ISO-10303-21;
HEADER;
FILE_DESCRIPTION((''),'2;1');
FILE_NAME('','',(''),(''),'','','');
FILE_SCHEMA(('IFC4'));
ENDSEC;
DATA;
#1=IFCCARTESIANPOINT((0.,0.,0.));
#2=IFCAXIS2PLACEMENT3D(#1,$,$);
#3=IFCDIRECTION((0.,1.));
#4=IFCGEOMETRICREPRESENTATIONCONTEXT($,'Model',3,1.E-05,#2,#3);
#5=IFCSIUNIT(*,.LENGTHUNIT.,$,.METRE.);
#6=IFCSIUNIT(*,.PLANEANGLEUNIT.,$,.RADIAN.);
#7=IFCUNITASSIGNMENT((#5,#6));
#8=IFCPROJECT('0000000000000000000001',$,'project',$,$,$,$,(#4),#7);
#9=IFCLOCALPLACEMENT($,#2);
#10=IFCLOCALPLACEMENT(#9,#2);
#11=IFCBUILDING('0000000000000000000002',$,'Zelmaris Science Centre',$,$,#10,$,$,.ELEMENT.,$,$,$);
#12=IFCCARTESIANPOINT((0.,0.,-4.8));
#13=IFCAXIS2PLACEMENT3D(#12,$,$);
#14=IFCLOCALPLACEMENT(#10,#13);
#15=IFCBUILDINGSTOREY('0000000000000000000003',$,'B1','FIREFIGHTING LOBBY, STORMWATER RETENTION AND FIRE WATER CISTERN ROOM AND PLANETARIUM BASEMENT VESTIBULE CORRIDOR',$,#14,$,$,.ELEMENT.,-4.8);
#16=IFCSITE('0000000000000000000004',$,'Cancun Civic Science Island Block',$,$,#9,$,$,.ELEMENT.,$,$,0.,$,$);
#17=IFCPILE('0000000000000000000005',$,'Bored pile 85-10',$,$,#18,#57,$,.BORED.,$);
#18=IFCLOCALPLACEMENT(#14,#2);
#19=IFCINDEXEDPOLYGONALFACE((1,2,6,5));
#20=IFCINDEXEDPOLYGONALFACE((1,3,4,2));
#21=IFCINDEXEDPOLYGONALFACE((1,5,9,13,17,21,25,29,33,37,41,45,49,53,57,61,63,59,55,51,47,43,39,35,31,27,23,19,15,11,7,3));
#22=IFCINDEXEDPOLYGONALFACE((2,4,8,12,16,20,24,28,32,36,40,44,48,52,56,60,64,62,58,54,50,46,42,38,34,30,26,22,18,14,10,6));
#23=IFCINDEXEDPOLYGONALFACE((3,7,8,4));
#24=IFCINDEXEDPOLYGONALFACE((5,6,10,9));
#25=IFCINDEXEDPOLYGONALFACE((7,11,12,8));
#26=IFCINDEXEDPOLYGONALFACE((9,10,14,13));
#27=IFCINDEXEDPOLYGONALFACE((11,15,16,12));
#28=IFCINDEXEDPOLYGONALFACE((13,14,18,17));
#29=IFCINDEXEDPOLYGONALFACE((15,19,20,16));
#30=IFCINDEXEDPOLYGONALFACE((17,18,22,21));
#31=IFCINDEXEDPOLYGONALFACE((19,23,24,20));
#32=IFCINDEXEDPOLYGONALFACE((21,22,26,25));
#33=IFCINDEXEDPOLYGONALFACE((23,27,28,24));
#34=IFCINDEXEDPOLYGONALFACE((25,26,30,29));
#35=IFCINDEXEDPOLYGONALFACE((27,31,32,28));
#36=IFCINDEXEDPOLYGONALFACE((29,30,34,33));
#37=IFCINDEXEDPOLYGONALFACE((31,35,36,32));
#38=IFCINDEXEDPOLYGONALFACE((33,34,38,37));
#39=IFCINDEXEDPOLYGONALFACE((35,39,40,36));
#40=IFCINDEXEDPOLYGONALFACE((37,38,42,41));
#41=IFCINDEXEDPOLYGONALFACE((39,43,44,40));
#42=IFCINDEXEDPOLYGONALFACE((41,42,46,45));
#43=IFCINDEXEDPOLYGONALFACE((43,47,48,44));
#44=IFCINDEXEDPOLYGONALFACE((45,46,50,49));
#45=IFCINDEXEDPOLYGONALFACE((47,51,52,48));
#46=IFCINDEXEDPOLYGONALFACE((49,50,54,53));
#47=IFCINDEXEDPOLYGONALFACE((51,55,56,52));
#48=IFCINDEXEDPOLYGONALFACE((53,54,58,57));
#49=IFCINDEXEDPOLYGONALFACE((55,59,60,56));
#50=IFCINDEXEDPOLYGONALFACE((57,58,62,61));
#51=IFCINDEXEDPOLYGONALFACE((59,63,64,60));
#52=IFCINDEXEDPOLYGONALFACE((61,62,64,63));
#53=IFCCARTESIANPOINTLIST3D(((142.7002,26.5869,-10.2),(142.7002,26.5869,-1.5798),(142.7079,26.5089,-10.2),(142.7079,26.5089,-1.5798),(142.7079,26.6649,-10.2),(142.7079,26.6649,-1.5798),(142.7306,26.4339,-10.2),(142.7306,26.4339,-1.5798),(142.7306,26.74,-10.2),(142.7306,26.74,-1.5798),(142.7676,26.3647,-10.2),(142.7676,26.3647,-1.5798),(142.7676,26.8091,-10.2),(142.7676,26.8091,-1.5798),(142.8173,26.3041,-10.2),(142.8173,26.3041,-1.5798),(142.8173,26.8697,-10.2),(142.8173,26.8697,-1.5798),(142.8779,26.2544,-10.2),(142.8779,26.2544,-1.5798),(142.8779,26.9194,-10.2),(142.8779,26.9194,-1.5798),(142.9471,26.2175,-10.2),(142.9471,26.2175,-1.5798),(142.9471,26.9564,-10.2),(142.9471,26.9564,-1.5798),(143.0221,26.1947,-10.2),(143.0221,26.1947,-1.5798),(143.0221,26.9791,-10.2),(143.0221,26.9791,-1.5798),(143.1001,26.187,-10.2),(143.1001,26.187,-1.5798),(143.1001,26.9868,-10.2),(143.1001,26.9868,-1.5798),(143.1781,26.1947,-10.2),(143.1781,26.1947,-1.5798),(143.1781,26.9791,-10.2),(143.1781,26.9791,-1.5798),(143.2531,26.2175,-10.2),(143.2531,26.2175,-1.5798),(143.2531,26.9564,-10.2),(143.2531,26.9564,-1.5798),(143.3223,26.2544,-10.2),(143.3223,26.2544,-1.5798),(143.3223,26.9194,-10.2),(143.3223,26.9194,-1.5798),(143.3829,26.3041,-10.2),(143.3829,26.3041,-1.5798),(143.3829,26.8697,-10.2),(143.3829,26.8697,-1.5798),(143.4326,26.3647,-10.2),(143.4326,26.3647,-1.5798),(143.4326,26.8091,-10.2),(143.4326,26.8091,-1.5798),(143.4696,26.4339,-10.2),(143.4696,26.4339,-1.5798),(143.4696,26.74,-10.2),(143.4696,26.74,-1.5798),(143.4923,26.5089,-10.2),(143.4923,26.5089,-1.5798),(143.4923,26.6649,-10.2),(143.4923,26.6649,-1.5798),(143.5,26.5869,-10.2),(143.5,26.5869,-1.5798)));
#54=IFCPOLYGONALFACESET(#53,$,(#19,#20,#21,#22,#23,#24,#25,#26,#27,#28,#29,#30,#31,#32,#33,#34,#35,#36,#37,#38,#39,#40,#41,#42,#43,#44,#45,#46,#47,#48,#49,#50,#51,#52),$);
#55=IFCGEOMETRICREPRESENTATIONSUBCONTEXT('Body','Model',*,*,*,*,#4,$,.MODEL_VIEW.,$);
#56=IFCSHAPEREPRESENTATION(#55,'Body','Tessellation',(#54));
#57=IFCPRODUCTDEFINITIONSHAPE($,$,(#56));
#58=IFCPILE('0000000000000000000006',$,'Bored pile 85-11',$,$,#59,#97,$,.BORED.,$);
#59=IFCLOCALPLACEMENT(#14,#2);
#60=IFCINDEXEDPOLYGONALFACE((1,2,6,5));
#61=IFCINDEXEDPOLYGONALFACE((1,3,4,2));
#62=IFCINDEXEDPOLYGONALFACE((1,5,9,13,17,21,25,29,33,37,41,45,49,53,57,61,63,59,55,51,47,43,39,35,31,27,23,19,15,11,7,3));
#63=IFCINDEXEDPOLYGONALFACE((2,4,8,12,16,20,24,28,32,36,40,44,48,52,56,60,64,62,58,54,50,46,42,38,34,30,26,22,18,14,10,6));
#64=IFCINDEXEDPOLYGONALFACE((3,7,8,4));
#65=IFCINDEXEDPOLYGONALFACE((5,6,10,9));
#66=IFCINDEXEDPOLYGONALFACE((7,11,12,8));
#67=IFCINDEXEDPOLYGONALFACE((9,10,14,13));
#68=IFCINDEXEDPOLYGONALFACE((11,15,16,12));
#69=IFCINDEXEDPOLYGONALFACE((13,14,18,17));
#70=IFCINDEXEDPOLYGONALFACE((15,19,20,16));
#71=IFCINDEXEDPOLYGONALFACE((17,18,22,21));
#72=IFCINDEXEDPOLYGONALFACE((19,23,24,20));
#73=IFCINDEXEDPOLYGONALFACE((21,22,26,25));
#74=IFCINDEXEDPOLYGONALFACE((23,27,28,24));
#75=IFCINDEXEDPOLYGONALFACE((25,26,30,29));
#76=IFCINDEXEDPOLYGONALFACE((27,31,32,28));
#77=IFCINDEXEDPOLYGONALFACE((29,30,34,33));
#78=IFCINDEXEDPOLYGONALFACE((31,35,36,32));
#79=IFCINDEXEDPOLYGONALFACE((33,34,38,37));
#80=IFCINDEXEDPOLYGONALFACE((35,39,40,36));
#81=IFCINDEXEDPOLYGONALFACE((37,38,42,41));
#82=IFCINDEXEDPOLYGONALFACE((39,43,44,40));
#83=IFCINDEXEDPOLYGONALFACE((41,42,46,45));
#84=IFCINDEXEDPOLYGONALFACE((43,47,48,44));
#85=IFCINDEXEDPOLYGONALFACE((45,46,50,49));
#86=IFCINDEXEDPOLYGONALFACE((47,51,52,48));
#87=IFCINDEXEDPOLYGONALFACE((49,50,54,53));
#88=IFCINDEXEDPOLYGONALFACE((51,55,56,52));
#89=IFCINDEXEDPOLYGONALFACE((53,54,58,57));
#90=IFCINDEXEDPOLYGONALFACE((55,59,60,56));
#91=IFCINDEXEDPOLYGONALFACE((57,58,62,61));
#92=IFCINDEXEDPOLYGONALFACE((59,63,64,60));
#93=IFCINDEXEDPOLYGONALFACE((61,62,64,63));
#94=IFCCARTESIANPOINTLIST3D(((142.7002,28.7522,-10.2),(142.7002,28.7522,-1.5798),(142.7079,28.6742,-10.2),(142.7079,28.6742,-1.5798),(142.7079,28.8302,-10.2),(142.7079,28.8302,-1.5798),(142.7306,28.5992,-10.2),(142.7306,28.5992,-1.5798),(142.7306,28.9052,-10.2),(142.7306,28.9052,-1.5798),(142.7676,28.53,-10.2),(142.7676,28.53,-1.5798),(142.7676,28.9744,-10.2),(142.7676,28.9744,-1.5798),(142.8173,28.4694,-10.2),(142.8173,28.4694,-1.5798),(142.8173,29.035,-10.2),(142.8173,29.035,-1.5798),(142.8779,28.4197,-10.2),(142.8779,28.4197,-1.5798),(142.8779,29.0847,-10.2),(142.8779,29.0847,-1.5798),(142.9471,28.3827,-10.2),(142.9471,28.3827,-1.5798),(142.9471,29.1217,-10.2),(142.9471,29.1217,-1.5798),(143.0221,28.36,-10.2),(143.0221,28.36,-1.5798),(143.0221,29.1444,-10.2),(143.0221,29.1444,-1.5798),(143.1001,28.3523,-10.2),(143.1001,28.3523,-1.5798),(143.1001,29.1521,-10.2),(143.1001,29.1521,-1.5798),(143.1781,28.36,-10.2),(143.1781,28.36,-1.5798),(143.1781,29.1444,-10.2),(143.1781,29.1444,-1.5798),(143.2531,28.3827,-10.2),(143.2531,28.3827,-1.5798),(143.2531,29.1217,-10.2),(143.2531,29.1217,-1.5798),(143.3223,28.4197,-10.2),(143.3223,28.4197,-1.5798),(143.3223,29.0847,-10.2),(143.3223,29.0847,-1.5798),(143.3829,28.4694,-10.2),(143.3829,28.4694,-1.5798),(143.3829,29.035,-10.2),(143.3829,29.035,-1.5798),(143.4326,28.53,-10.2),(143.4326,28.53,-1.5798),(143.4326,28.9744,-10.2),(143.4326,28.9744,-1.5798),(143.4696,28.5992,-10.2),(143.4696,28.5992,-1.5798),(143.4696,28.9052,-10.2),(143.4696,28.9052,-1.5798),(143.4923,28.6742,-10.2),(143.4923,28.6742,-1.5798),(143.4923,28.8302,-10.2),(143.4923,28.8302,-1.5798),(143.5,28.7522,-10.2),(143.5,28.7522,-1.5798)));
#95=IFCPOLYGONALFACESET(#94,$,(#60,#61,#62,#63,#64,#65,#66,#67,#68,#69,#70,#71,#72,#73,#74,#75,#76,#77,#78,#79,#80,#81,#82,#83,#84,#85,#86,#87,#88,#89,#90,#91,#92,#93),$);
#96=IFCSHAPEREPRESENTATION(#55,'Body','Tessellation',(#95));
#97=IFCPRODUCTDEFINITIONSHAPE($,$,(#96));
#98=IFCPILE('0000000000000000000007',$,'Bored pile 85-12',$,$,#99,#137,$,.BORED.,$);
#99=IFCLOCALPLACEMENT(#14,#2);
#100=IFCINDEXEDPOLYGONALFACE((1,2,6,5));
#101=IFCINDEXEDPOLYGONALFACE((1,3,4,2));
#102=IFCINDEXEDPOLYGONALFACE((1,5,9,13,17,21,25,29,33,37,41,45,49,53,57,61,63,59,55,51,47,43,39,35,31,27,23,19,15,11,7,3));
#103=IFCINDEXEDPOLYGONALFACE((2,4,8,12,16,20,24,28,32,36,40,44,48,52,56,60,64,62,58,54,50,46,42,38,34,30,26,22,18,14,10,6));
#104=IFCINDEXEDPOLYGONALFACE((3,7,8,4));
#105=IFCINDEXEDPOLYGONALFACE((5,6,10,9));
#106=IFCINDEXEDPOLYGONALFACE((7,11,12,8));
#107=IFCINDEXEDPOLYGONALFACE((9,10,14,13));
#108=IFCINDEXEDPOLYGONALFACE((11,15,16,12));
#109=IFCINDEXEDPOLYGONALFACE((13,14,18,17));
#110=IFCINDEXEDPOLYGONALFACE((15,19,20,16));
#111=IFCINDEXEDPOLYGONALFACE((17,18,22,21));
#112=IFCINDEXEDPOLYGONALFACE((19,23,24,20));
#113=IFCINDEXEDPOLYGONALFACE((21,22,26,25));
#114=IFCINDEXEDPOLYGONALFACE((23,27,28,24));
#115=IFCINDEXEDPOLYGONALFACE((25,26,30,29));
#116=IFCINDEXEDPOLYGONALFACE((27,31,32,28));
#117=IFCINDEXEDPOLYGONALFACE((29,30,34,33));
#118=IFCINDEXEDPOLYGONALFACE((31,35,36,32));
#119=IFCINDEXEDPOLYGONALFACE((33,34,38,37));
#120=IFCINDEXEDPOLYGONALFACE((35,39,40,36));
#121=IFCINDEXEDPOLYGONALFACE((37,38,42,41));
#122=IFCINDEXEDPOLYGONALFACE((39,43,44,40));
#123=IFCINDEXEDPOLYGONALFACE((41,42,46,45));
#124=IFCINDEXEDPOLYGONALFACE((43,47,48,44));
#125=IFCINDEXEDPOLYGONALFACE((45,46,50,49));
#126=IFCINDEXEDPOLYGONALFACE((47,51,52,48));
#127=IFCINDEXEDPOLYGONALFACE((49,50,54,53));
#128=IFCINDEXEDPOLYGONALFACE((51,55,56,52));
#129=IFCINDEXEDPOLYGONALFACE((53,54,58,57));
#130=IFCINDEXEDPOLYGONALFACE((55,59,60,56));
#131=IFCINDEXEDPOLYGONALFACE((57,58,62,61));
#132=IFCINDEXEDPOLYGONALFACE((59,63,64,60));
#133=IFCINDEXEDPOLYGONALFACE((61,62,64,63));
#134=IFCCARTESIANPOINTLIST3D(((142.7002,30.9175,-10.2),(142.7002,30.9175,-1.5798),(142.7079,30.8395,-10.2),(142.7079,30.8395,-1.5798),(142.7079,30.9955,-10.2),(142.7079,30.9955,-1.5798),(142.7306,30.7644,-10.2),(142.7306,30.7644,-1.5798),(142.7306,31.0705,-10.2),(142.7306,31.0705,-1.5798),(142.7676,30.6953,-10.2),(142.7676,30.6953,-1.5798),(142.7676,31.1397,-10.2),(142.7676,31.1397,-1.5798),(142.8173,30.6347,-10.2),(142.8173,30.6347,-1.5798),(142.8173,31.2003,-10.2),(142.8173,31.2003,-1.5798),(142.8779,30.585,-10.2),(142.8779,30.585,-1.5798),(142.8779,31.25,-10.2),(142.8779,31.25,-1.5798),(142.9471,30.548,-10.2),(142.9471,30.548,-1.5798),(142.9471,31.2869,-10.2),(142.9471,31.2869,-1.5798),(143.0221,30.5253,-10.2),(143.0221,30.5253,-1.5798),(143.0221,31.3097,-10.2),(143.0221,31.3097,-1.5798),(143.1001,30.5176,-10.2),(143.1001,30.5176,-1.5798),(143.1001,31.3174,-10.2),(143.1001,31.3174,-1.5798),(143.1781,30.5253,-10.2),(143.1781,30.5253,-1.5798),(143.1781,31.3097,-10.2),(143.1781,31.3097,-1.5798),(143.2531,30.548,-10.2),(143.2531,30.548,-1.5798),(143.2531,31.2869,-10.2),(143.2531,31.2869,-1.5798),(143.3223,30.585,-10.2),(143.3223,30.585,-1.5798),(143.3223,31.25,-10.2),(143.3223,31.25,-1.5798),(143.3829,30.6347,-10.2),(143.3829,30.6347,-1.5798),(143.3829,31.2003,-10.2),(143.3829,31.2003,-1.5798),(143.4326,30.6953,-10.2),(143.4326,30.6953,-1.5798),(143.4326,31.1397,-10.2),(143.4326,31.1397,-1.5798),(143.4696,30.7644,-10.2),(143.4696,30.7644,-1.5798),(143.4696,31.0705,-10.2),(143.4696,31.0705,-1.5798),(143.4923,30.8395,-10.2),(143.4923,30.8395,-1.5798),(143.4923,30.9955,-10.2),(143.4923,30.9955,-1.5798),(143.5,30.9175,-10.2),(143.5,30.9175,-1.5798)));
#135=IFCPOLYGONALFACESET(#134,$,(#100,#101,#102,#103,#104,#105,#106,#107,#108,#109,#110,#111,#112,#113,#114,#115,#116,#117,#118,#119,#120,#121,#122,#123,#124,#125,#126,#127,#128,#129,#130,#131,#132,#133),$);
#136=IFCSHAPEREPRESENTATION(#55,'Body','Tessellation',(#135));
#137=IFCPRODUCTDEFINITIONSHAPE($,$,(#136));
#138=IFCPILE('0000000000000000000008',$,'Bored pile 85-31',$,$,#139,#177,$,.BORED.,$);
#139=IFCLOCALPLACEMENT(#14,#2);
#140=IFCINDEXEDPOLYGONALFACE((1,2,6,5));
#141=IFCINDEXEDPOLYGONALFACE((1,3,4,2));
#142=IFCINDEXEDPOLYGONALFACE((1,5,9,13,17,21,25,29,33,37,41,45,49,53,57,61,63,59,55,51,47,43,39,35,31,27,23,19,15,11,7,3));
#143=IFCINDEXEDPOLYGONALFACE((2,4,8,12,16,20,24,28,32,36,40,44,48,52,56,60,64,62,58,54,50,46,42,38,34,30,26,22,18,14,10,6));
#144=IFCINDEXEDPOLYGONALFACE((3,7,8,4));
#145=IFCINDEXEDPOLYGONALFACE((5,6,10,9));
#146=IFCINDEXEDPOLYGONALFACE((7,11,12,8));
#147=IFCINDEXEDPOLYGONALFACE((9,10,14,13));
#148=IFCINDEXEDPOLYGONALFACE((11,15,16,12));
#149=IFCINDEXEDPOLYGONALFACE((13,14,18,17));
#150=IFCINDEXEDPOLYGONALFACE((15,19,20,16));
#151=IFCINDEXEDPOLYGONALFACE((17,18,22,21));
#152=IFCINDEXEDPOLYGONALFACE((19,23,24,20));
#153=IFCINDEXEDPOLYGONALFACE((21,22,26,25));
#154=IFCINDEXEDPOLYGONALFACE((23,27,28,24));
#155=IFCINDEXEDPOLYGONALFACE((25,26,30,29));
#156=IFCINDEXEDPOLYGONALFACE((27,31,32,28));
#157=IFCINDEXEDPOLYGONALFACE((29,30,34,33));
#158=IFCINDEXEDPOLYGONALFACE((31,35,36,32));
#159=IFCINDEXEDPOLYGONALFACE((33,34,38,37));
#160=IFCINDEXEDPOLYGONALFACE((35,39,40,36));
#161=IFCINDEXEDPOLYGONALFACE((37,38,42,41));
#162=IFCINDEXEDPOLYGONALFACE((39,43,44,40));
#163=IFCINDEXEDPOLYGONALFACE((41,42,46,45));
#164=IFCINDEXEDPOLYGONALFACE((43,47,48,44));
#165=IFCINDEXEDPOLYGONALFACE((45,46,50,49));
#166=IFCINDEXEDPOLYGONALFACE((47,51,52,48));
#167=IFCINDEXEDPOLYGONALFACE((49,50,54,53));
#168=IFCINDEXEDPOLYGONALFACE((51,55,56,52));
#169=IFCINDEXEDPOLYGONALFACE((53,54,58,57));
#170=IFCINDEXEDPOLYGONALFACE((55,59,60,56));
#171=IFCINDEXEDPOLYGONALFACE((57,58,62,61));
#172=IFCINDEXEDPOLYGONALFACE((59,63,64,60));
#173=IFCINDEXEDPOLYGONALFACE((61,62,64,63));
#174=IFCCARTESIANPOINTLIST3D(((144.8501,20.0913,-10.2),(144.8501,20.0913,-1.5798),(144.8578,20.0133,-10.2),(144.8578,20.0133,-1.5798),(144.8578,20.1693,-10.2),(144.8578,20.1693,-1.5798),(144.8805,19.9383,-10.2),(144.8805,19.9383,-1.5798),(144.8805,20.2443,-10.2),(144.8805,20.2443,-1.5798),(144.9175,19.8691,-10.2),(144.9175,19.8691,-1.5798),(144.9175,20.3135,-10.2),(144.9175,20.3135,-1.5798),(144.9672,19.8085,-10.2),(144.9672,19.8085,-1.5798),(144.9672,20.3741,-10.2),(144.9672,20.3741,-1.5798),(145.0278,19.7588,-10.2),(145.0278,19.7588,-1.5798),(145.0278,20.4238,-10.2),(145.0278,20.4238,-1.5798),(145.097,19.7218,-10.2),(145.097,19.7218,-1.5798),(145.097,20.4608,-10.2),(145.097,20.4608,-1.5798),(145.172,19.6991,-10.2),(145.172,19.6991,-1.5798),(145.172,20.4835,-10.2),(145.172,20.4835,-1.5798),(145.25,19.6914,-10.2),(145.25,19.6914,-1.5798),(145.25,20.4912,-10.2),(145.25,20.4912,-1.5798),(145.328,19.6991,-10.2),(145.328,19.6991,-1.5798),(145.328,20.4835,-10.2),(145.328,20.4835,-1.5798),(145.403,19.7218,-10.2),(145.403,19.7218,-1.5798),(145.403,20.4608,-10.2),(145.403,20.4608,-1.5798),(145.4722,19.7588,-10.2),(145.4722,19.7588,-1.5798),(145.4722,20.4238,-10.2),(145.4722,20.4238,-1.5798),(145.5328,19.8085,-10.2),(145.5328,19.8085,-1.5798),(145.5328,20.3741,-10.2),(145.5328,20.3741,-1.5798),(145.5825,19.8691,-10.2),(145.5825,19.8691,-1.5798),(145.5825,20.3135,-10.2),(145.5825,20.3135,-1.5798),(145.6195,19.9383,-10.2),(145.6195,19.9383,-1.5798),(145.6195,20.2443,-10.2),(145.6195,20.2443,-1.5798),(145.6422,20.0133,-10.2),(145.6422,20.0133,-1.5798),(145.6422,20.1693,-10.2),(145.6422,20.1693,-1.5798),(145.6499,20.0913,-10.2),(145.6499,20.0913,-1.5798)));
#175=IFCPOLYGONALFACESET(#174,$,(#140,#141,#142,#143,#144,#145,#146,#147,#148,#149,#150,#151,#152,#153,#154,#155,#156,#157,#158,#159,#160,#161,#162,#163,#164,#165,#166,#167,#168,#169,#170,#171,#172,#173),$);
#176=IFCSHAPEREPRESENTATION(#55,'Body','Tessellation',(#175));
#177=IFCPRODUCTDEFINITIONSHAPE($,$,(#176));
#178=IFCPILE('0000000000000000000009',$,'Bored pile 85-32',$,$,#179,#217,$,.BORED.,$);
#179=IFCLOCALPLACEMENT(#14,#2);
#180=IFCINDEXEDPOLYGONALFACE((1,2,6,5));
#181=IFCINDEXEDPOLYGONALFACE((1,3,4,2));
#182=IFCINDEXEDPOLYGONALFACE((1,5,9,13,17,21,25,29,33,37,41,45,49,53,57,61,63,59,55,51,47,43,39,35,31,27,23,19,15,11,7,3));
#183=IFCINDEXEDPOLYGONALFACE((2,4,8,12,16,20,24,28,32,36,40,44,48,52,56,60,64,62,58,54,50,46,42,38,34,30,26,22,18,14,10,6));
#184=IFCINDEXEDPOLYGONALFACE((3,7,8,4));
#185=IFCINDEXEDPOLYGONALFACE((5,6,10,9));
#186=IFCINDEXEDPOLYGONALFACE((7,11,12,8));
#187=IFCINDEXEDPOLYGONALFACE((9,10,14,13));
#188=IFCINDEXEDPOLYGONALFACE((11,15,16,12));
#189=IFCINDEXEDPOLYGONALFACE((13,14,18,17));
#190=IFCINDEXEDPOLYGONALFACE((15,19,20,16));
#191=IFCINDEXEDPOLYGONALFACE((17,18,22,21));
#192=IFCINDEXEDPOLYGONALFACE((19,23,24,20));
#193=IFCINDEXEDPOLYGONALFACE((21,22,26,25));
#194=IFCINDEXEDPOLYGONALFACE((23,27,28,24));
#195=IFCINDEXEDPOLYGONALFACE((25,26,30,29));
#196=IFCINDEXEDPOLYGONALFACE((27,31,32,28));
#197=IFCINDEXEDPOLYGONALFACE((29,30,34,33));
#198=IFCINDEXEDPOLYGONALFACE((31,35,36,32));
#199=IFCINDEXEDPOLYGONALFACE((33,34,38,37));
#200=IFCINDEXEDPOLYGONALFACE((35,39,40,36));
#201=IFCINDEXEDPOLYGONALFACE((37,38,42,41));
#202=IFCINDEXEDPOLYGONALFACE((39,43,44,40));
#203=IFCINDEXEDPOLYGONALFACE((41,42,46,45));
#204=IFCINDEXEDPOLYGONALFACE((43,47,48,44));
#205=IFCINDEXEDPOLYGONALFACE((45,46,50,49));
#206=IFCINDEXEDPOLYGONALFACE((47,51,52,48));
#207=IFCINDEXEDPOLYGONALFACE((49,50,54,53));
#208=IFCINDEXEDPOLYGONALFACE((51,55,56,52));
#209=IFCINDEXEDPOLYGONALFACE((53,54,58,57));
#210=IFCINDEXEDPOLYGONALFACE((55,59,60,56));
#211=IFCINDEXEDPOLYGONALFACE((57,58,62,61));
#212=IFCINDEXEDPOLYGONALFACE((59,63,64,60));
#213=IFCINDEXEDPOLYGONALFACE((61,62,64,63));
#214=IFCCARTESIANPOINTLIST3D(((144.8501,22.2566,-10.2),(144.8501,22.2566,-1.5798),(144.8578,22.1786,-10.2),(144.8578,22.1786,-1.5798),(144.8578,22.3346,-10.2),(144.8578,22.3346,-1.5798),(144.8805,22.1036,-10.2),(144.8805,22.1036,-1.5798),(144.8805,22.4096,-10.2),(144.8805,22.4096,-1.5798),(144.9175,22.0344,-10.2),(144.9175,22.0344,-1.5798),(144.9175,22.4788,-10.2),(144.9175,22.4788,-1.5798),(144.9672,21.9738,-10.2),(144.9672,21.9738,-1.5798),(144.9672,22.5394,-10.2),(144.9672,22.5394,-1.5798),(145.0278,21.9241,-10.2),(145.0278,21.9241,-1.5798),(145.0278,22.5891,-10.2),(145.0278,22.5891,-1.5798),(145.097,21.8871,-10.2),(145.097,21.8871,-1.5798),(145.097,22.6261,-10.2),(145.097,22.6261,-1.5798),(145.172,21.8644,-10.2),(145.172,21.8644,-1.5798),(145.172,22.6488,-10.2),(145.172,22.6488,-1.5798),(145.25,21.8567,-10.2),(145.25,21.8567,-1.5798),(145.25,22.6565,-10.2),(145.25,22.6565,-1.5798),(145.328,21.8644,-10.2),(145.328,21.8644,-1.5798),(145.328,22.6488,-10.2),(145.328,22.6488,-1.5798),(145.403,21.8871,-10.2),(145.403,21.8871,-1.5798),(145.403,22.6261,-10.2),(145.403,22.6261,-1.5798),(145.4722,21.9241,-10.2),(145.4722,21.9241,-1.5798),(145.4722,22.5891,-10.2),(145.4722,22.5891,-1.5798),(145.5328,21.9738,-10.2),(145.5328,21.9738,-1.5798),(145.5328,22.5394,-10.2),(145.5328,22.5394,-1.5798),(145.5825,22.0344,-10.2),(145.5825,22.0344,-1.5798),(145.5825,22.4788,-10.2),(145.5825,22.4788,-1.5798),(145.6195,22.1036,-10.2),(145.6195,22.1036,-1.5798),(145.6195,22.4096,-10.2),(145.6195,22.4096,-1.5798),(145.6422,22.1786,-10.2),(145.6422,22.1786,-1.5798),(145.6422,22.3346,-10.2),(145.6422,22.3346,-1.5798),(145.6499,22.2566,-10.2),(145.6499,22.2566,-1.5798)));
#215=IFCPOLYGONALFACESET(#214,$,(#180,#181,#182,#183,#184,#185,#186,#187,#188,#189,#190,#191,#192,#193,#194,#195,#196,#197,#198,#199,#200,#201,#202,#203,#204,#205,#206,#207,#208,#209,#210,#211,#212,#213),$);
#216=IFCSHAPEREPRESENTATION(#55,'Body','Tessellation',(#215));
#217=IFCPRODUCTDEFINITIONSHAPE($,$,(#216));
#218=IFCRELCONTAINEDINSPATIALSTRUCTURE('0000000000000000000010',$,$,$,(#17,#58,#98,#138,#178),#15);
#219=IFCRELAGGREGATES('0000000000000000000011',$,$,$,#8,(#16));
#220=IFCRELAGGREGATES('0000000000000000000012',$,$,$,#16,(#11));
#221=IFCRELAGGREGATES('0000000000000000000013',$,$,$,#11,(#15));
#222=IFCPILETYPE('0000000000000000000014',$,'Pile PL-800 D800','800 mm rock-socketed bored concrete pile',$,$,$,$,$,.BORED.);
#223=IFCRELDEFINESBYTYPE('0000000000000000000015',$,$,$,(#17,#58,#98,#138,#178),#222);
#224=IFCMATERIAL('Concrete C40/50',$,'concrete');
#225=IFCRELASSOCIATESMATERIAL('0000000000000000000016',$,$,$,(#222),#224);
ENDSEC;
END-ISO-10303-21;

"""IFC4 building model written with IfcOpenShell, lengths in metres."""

from ifc_helpers import new_model, si_unit, direction, frame, origin, origin_2d, place, context, subcontext, project, spatial, circle, extrude, material, material_profile, profile_set, type_object, element, save


model = new_model("IFC4")

# Units and contexts
model_context = context("Model", 3, precision=1e-05, world=origin(), true_north=direction((0.0, 1.0)))
body_context = subcontext(model_context, "Body", "Model", "MODEL_VIEW")
ifc_project = project(units=[si_unit("LENGTHUNIT", "METRE"), si_unit("PLANEANGLEUNIT", "RADIAN")], contexts=[model_context])

# Site, building, storey
site_placement = place(None, origin())
site = spatial("IfcSite", under=ifc_project, at=site_placement, Name="Cancun Civic Science Island Block", CompositionType="ELEMENT", RefElevation=0.0)
building_placement = place(site_placement, origin())
building = spatial("IfcBuilding", under=site, at=building_placement, Name="Zelmaris Science Centre", CompositionType="ELEMENT")
storey_placement = place(building_placement, frame((0.0, 0.0, -4.8)))
storey = spatial("IfcBuildingStorey", under=building, at=storey_placement, Name="B1", Description="FIREFIGHTING LOBBY, STORMWATER RETENTION AND FIRE WATER CISTERN ROOM AND PLANETARIUM BASEMENT VESTIBULE CORRIDOR", CompositionType="ELEMENT", Elevation=-4.8)

# Shared definitions
ifc_material_1 = material(Name="Concrete C40/50", Category="concrete")

# Piles
ifc_material_profile_1 = material_profile(ifc_material_1, circle(Radius=0.3999, at=origin_2d()), Name="PILE-800")
ifc_profile_set_1 = profile_set([ifc_material_profile_1], Name="Concrete C40/50")
pile_type_1 = type_object("IfcPileType", Name="Pile PL-800 D800", Description="800 mm rock-socketed bored concrete pile", PredefinedType="BORED", material=ifc_profile_set_1)
for number, where, z_axis, x_axis, name in (
    (1, (143.1001, 26.5869, -1.5798), (0.0, 0.0, -1.0), (1.0, 0.0, 0.0), "Bored pile 85-10"),
    (2, (143.1001, 28.7522, -1.5798), (0.0, 0.0, -1.0), (1.0, 0.0, 0.0), "Bored pile 85-11"),
    (3, (143.1001, 30.9175, -1.5798), (0.0, 0.0, -1.0), (1.0, 0.0, 0.0), "Bored pile 85-12"),
    (4, (145.25, 20.0913, -1.5798), (0.0, 0.0, -1.0), (1.0, 0.0, 0.0), "Bored pile 85-31"),
    (5, (145.25, 22.2566, -1.5798), (0.0, 0.0, -1.0), (1.0, 0.0, 0.0), "Bored pile 85-32"),
):
    element("IfcPile", number, at=place(storey_placement, frame(where, z_axis=z_axis, x_axis=x_axis)), inside=storey, type_object=pile_type_1, Name=name, PredefinedType="BORED", context=body_context, shape_type="SweptSolid", body=[
        extrude(circle(Radius=0.3999, at=origin_2d()), origin(), (0.0, 0.0, 1.0), 8.6201),
    ])

save(model, "model.ifc")
